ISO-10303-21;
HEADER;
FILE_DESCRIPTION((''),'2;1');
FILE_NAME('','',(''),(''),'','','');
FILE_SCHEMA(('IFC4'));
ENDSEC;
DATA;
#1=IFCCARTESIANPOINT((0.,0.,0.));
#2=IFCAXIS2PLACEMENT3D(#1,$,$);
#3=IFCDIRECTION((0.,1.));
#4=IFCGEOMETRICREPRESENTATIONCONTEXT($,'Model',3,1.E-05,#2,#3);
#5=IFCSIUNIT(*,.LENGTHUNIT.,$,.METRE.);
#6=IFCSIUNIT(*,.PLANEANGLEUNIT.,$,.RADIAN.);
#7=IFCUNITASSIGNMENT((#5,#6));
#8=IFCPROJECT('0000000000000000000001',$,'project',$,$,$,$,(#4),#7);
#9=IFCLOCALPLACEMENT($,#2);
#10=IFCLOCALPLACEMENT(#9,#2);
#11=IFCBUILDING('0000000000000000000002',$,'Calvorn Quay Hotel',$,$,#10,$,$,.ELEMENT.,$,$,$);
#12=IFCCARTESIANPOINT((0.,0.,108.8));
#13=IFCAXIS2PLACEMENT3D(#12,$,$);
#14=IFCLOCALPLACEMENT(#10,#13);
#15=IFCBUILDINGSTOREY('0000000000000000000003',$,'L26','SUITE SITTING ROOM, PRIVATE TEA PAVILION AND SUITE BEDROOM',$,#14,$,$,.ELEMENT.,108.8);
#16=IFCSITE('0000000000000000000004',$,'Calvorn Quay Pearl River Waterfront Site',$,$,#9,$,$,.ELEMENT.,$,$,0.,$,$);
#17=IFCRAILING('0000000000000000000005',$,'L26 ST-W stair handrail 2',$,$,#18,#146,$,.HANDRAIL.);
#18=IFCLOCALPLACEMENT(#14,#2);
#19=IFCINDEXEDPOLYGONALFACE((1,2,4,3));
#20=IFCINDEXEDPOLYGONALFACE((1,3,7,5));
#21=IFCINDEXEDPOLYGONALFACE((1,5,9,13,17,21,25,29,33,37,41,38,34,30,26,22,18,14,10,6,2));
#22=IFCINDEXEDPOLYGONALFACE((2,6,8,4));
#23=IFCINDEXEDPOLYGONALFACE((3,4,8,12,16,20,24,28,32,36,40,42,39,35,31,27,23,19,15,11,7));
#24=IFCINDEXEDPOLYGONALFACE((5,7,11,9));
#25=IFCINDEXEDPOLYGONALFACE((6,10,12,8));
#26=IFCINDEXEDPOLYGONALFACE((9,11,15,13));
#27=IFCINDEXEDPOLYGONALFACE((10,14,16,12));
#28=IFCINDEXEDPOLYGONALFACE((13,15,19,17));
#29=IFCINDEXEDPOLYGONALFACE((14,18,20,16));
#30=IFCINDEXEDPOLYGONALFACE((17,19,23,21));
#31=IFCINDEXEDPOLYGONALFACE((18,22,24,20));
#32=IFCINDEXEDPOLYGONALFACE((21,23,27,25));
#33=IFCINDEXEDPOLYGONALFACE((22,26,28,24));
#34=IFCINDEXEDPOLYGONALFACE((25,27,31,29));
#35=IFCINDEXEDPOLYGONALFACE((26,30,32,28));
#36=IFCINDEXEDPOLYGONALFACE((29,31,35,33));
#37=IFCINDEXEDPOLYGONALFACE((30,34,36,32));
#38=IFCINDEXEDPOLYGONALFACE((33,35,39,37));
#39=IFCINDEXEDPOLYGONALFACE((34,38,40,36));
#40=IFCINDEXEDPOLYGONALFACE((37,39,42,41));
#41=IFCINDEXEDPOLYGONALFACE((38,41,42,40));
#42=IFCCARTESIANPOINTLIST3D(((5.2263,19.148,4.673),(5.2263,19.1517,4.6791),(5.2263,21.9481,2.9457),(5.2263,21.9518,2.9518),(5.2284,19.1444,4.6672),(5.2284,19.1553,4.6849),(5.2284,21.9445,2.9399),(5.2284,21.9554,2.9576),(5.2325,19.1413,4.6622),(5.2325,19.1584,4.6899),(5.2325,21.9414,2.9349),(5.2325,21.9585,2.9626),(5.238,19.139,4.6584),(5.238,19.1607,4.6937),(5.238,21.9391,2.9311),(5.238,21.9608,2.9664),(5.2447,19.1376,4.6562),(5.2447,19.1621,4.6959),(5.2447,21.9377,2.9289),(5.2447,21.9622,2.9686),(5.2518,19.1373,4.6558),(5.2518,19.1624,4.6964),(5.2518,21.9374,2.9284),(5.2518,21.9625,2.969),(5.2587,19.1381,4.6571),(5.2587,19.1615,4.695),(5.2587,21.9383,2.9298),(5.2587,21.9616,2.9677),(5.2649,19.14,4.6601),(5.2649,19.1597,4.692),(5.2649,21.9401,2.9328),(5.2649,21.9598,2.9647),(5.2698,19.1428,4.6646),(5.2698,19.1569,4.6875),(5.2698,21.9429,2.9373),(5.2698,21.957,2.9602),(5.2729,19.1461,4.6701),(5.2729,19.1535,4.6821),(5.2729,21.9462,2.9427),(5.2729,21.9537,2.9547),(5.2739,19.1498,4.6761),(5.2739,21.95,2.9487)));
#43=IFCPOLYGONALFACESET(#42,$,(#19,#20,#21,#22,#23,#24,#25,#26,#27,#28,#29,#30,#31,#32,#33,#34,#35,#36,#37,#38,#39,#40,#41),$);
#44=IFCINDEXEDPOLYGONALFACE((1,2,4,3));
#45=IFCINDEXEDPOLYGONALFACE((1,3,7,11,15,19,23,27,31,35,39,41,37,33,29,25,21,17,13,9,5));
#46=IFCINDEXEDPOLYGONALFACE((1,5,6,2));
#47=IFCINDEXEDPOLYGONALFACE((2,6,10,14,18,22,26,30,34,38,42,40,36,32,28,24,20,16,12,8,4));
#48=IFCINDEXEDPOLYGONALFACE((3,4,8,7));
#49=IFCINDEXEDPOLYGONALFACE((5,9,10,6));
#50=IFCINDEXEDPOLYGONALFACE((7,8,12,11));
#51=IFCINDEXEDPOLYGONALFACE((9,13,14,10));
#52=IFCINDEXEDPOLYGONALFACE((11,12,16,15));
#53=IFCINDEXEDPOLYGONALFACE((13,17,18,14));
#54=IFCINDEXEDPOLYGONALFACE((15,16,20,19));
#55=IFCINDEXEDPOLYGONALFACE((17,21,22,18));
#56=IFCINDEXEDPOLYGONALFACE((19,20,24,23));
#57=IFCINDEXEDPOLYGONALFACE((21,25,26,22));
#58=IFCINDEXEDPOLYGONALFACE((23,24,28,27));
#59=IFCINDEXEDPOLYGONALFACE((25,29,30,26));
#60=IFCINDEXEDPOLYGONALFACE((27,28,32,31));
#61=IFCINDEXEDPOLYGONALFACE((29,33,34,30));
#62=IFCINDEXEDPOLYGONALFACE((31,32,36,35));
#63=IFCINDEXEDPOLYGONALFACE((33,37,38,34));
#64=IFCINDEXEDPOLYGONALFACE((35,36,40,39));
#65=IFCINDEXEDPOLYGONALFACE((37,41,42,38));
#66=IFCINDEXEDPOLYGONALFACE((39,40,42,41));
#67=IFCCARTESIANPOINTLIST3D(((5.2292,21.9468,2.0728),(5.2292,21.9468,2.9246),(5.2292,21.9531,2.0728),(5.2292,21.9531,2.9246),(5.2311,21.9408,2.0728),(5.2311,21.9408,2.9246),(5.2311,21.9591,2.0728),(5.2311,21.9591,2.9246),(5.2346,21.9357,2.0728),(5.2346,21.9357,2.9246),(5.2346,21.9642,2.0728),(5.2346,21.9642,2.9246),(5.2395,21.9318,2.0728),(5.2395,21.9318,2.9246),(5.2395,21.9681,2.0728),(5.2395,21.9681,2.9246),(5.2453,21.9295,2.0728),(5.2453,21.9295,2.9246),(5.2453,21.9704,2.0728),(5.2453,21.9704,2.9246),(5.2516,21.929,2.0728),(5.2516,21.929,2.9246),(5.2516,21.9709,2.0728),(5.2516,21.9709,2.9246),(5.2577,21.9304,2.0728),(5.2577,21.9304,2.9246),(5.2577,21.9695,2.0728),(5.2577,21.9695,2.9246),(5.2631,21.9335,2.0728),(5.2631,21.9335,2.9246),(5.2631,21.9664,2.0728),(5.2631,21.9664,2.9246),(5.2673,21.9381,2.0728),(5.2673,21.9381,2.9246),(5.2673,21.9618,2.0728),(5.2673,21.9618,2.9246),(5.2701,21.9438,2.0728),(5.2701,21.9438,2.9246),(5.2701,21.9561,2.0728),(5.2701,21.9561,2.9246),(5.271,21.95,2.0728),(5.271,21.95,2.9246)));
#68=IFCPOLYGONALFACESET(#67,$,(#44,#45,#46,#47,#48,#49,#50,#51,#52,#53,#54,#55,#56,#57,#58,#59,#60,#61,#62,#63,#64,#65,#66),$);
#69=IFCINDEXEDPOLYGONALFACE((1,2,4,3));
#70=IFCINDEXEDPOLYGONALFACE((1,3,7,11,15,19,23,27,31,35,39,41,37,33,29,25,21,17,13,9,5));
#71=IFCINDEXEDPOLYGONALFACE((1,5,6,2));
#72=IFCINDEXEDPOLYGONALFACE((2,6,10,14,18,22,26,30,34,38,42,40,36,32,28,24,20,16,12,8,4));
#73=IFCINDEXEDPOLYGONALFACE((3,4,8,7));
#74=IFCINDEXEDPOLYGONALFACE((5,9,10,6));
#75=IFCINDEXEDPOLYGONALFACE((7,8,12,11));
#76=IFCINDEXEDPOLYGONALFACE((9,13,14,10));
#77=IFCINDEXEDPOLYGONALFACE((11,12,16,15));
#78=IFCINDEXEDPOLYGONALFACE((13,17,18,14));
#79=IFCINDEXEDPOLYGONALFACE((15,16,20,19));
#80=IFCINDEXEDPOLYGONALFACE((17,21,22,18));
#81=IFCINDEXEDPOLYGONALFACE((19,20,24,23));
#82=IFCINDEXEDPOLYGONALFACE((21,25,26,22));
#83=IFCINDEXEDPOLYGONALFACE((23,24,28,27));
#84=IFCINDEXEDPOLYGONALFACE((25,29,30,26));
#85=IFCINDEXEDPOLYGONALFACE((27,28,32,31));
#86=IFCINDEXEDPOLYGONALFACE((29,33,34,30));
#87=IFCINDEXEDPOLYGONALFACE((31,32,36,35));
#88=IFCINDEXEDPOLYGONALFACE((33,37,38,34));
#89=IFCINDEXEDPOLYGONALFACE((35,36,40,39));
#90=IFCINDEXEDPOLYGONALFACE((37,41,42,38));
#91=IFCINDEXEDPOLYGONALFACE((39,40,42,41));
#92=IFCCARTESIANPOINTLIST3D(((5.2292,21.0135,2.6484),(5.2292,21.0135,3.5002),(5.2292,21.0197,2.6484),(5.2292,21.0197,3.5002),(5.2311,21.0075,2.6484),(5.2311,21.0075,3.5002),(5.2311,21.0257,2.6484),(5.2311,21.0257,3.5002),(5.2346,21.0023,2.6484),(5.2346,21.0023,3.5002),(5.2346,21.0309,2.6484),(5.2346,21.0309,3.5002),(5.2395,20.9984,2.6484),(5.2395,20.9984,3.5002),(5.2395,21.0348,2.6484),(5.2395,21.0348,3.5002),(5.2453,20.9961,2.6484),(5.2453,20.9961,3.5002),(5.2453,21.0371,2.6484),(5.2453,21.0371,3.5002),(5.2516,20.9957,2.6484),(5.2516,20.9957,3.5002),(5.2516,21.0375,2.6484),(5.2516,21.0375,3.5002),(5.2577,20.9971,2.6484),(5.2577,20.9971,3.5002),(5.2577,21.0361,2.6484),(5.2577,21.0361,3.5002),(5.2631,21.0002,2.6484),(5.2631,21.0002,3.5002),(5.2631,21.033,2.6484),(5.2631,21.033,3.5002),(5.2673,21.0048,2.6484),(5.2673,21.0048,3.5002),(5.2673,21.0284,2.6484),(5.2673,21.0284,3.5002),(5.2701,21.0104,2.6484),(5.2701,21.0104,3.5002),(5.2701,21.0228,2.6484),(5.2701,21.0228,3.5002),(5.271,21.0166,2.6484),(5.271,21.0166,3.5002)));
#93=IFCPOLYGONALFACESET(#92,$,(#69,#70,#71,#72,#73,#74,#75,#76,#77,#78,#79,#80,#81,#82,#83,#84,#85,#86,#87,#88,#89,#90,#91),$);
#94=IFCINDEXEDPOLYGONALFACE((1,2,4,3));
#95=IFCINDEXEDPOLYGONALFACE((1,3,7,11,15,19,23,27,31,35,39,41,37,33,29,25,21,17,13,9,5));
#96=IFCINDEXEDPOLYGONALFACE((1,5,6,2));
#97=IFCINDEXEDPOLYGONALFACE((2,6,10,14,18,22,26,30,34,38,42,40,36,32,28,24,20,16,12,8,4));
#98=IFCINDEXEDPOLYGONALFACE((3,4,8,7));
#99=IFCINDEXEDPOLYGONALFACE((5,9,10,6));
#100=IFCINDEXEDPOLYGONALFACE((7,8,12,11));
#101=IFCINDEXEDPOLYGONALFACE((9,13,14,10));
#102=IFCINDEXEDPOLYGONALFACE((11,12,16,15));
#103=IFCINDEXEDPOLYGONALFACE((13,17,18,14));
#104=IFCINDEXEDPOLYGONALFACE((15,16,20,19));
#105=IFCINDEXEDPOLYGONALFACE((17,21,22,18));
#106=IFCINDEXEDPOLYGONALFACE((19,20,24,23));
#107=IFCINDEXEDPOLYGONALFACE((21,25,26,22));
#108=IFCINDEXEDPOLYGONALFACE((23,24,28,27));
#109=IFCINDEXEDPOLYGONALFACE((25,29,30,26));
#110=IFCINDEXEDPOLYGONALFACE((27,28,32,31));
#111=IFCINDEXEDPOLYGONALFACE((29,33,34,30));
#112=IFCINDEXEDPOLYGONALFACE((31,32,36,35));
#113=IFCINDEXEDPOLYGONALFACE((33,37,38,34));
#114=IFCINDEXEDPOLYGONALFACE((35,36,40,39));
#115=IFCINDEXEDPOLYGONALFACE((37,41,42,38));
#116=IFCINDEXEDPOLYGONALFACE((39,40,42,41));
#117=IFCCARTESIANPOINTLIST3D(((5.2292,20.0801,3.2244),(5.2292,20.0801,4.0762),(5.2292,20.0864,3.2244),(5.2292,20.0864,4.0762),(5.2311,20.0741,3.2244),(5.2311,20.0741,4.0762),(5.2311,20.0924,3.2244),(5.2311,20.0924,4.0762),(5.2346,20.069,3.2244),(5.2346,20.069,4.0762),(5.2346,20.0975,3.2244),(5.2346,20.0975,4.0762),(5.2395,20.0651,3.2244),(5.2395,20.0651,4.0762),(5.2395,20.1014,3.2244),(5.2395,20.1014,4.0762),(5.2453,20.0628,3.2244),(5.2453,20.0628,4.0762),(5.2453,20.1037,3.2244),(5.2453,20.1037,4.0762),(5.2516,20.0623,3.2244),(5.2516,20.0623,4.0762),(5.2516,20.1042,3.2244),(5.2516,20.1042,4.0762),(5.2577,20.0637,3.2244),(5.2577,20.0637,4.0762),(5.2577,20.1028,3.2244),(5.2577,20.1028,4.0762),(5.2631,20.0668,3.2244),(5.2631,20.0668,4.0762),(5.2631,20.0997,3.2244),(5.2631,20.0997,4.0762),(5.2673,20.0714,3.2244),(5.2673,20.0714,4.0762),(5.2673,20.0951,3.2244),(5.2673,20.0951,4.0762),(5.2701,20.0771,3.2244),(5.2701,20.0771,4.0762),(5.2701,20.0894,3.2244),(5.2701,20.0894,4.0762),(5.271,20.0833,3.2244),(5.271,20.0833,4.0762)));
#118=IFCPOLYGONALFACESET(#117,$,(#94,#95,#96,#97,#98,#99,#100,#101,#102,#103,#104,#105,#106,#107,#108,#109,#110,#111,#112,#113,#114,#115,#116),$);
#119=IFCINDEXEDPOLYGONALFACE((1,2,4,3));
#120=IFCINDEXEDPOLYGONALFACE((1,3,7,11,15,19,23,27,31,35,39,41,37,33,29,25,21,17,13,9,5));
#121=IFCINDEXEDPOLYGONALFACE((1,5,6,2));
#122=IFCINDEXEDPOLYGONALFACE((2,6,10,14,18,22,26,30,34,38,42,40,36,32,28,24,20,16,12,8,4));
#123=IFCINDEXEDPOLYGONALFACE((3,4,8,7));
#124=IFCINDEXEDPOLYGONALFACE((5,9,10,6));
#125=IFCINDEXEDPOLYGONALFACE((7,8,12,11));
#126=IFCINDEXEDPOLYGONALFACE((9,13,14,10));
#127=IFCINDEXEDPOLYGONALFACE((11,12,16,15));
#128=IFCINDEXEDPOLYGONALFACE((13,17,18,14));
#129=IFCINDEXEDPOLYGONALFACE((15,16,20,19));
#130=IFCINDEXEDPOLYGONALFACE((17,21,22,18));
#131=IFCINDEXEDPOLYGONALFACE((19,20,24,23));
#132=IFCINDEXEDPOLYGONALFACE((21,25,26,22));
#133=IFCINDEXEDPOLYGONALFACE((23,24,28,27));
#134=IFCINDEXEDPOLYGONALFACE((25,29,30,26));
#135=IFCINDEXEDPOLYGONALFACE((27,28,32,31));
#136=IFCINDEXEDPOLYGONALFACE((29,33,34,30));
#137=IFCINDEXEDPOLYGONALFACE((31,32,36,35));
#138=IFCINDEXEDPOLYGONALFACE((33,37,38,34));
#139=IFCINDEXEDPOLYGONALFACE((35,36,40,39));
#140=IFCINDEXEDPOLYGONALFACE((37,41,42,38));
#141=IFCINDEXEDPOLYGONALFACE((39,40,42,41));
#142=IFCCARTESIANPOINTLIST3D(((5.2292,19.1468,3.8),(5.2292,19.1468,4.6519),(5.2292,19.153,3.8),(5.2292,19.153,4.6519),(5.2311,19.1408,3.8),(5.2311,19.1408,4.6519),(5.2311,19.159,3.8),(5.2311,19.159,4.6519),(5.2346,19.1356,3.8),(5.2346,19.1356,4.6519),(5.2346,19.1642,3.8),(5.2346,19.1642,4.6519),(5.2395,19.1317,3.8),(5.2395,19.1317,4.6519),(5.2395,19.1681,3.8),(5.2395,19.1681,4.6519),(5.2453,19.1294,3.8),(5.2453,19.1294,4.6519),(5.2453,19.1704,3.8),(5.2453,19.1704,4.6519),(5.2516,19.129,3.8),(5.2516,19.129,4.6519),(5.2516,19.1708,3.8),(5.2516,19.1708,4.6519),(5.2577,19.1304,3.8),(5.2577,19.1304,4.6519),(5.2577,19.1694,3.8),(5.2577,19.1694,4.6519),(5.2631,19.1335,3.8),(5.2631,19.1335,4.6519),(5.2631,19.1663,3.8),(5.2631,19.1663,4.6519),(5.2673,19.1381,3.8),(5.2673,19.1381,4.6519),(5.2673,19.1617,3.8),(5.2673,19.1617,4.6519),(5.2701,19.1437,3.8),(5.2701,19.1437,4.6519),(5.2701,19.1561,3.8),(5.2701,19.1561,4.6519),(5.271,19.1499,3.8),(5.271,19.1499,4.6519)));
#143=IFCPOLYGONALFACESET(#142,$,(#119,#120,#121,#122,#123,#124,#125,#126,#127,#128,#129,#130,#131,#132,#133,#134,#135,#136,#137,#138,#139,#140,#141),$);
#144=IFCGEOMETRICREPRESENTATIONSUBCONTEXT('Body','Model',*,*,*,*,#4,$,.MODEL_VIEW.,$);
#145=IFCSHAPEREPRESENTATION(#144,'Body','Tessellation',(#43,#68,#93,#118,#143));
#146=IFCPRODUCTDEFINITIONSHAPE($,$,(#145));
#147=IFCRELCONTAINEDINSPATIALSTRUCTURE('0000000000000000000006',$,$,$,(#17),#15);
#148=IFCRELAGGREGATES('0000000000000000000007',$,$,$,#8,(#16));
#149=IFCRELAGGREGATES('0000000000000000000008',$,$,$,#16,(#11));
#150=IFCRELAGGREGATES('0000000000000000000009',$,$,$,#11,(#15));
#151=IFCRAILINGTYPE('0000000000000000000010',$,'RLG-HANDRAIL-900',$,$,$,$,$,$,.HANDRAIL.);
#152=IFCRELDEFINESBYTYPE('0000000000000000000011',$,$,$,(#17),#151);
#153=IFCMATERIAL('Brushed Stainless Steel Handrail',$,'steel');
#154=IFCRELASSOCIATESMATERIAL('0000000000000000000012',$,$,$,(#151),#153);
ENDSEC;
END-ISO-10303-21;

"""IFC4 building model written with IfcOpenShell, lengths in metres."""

from ifc_helpers import new_model, si_unit, direction, frame, origin, origin_2d, place, context, subcontext, project, spatial, circle, extrude, material, type_object, element, save


model = new_model("IFC4")

# Units and contexts
model_context = context("Model", 3, precision=1e-05, world=origin(), true_north=direction((0.0, 1.0)))
body_context = subcontext(model_context, "Body", "Model", "MODEL_VIEW")
ifc_project = project(units=[si_unit("LENGTHUNIT", "METRE"), si_unit("PLANEANGLEUNIT", "RADIAN")], contexts=[model_context])

# Site, building, storey
site_placement = place(None, origin())
site = spatial("IfcSite", under=ifc_project, at=site_placement, Name="Calvorn Quay Pearl River Waterfront Site", CompositionType="ELEMENT", RefElevation=0.0)
building_placement = place(site_placement, origin())
building = spatial("IfcBuilding", under=site, at=building_placement, Name="Calvorn Quay Hotel", CompositionType="ELEMENT")
storey_placement = place(building_placement, frame((0.0, 0.0, 108.8)))
storey = spatial("IfcBuildingStorey", under=building, at=storey_placement, Name="L26", Description="SUITE SITTING ROOM, PRIVATE TEA PAVILION AND SUITE BEDROOM", CompositionType="ELEMENT", Elevation=108.8)

# Railing
ifc_material_1 = material(Name="Brushed Stainless Steel Handrail", Category="steel")
railing_type_1 = type_object("IfcRailingType", Name="RLG-HANDRAIL-900", PredefinedType="HANDRAIL", material=ifc_material_1)
railing_1_placement = place(storey_placement, frame((5.25, 21.95, 2.0728)))
element("IfcRailing", 1, at=railing_1_placement, inside=storey, type_object=railing_type_1, Name="L26 ST-W stair handrail 2", PredefinedType="HANDRAIL", context=body_context, shape_type="SweptSolid", body=[
    extrude(circle(Radius=0.0239, at=origin_2d()), frame((0.0, 0.0, 0.876), z_axis=(0.0, -0.85109, 0.52502), x_axis=(1.0, 0.0, 0.0)), (0.0, 0.0, 1.0), 3.29),
    extrude(circle(Radius=0.021, at=origin_2d()), origin(), (0.0, 0.0, 1.0), 0.8518),
    extrude(circle(Radius=0.021, at=origin_2d()), frame((0.0, -0.9333, 0.5757)), (0.0, 0.0, 1.0), 0.8518),
    extrude(circle(Radius=0.021, at=origin_2d()), frame((0.0, -1.8667, 1.1516)), (0.0, 0.0, 1.0), 0.8518),
    extrude(circle(Radius=0.021, at=origin_2d()), frame((0.0, -2.8, 1.7273)), (0.0, 0.0, 1.0), 0.8518),
])

save(model, "model.ifc")
